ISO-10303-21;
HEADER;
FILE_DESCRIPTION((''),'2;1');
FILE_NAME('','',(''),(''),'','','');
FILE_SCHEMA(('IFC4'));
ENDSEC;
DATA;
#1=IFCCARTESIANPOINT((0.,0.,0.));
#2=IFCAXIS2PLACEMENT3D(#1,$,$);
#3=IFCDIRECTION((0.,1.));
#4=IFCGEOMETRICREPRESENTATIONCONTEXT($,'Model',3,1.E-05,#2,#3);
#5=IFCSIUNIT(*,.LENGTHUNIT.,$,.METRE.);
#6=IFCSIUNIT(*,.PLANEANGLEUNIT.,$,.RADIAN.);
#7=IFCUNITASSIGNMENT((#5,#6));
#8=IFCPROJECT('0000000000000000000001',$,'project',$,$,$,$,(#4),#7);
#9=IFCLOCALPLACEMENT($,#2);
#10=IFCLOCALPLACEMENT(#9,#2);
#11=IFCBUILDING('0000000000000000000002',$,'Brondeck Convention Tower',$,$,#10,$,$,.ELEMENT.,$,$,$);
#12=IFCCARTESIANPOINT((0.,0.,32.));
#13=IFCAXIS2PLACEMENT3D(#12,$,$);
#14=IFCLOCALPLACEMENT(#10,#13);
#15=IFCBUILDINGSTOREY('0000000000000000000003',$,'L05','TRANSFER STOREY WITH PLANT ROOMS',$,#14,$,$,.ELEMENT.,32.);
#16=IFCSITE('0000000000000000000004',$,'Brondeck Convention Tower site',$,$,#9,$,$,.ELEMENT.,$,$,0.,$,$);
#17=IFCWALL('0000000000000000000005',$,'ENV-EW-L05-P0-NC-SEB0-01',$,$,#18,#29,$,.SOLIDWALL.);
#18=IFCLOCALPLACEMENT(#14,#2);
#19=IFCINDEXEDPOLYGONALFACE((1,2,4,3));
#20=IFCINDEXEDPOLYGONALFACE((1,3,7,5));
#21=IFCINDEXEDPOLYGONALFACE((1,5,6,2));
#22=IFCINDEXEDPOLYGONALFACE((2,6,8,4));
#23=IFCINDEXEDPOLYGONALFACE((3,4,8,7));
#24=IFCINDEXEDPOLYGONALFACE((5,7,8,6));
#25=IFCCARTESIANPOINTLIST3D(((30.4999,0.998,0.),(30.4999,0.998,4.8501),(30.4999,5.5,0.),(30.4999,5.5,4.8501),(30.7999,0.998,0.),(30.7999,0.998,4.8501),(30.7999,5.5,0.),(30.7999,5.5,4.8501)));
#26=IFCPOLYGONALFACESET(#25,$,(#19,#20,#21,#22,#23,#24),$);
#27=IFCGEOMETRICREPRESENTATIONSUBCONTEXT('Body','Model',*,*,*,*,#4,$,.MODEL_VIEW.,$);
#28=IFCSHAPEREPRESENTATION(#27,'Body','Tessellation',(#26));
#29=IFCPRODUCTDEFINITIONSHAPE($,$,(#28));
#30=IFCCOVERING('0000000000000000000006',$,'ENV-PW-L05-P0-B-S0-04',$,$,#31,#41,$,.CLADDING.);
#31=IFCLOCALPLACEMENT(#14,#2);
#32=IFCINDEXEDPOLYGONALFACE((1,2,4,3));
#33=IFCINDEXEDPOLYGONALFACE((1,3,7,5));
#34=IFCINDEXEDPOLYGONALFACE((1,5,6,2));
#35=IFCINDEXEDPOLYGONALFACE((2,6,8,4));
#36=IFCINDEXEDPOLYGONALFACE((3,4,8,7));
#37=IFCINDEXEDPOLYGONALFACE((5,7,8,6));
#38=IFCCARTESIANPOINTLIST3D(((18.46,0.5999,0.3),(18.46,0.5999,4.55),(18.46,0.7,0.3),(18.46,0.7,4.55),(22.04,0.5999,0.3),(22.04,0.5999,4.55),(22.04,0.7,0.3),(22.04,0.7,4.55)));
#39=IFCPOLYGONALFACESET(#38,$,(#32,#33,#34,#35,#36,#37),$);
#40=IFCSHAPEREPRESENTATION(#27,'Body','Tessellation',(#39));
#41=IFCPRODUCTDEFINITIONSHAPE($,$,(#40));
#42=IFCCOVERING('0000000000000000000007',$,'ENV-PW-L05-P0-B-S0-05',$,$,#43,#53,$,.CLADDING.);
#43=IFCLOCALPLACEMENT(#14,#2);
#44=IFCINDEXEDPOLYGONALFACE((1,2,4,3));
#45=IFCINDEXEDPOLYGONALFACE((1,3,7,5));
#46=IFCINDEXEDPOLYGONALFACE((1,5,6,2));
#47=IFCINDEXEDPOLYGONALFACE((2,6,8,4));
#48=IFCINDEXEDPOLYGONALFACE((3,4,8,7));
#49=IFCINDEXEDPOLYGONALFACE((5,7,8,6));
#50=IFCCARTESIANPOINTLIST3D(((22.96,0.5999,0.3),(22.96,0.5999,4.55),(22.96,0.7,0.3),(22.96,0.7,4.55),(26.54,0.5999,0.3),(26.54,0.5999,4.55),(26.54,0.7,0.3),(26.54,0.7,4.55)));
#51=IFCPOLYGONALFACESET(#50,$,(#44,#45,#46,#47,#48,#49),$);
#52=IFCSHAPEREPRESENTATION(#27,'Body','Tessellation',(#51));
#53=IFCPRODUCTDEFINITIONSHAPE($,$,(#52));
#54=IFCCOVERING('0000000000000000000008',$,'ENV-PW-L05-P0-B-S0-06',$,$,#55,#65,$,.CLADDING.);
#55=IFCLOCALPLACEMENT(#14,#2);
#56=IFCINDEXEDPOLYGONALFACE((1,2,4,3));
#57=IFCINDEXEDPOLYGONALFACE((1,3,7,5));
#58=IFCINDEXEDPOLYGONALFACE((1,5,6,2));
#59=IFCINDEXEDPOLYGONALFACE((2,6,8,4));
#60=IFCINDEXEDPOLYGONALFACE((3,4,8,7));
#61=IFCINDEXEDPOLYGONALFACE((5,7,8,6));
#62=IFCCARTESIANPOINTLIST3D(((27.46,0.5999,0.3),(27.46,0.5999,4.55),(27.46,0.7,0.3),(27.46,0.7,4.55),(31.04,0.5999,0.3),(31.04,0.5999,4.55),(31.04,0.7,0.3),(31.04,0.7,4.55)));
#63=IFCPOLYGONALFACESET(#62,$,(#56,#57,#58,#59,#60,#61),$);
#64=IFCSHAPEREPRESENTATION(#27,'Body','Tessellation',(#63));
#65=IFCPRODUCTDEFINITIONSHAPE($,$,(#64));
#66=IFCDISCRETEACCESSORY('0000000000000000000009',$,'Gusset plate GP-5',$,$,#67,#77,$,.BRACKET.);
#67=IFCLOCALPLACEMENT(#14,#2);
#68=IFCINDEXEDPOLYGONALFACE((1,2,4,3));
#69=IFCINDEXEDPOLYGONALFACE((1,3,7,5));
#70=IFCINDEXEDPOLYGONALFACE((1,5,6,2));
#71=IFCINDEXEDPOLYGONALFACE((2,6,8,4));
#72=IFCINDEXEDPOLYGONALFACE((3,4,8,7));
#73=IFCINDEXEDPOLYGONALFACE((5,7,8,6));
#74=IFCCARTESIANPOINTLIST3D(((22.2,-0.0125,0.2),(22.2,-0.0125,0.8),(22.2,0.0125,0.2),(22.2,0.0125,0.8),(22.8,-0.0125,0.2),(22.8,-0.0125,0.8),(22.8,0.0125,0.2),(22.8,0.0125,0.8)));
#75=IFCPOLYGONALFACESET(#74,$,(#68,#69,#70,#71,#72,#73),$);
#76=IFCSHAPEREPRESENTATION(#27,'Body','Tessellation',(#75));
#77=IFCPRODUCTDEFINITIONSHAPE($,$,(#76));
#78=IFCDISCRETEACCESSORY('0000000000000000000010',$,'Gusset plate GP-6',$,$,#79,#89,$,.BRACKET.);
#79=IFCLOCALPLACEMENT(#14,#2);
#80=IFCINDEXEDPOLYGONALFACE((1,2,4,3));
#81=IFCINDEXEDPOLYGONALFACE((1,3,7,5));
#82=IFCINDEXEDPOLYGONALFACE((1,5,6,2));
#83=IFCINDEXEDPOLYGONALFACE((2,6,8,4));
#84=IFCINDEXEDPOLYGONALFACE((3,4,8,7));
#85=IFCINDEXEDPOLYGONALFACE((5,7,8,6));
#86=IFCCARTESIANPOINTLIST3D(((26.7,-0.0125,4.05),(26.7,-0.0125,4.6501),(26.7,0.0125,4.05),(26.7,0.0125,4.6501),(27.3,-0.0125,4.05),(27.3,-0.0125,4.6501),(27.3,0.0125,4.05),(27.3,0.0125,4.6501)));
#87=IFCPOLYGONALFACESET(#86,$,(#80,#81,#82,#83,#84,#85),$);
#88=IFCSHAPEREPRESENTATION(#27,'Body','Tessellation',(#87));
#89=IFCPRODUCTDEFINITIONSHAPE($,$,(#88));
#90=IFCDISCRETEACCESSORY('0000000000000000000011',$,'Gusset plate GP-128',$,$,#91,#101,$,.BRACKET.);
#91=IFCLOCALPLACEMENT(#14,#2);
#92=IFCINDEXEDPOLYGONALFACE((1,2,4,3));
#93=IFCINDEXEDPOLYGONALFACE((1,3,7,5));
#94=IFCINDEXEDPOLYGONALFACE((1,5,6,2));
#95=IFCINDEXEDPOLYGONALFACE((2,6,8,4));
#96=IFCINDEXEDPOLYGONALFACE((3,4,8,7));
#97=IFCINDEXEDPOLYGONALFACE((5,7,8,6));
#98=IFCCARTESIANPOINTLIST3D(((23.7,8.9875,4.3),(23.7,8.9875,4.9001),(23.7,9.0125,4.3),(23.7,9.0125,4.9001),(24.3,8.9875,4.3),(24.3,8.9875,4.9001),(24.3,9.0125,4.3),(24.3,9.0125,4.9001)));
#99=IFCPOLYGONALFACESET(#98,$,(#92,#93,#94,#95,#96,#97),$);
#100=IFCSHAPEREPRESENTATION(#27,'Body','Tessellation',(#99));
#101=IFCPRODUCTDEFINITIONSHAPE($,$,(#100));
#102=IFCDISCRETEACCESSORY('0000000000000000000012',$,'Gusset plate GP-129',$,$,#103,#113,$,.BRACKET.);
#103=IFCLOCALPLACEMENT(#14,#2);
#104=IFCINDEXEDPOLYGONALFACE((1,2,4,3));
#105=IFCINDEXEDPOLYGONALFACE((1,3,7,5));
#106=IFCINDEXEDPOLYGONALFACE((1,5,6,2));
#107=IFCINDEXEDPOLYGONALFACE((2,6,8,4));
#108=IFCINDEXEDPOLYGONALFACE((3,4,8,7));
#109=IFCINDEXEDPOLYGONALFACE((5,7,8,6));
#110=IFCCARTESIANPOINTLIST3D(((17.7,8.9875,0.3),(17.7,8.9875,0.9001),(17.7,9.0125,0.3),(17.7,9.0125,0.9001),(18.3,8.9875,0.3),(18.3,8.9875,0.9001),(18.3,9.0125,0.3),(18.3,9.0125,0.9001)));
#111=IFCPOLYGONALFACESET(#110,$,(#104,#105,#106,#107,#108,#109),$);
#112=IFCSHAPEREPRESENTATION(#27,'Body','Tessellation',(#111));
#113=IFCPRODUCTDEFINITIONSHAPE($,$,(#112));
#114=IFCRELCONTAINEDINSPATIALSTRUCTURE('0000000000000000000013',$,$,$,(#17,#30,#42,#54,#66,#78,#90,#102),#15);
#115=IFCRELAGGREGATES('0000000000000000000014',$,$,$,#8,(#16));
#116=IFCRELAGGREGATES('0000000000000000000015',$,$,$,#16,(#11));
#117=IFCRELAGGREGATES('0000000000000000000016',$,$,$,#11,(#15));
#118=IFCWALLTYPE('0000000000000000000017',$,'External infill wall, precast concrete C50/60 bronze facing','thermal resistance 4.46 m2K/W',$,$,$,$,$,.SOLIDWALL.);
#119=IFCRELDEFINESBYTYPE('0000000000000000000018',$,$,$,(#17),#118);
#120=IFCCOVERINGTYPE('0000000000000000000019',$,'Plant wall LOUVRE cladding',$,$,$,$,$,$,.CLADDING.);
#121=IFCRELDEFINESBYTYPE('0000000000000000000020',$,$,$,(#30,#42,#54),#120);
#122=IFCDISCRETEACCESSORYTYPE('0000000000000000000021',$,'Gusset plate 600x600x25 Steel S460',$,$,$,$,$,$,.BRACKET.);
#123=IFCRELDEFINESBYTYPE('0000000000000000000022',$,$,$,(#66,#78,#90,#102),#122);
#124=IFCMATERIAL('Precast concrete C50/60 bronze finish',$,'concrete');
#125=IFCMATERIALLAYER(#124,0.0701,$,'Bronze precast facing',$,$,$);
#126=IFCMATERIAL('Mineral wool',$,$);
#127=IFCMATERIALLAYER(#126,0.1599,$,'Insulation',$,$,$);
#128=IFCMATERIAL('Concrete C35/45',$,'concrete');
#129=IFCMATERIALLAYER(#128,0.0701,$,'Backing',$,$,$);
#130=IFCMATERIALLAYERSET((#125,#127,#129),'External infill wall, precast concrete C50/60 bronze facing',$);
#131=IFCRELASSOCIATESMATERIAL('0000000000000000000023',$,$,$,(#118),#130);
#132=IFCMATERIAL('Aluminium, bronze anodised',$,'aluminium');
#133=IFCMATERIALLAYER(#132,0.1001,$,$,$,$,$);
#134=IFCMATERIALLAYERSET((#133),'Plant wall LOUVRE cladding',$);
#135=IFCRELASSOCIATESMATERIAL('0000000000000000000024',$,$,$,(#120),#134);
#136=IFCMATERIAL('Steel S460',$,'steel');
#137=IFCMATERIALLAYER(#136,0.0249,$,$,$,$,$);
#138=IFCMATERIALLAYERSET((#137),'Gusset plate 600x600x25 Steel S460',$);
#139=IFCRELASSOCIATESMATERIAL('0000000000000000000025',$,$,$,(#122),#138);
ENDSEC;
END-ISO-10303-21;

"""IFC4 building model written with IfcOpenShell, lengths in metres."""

from ifc_helpers import new_model, si_unit, direction, frame, frame_2d, origin, origin_2d, place, context, subcontext, project, spatial, rectangle, extrude, material, layer, layer_set, type_object, element, save


model = new_model("IFC4")

# Units and contexts
model_context = context("Model", 3, precision=1e-05, world=origin(), true_north=direction((0.0, 1.0)))
body_context = subcontext(model_context, "Body", "Model", "MODEL_VIEW")
ifc_project = project(units=[si_unit("LENGTHUNIT", "METRE"), si_unit("PLANEANGLEUNIT", "RADIAN")], contexts=[model_context])

# Site, building, storey
site_placement = place(None, origin())
site = spatial("IfcSite", under=ifc_project, at=site_placement, Name="Brondeck Convention Tower site", CompositionType="ELEMENT", RefElevation=0.0)
building_placement = place(site_placement, origin())
building = spatial("IfcBuilding", under=site, at=building_placement, Name="Brondeck Convention Tower", CompositionType="ELEMENT")
storey_placement = place(building_placement, frame((0.0, 0.0, 32.0)))
storey = spatial("IfcBuildingStorey", under=building, at=storey_placement, Name="L05", Description="TRANSFER STOREY WITH PLANT ROOMS", CompositionType="ELEMENT", Elevation=32.0)

# Shared definitions
ifc_material_1 = material(Name="Steel S460", Category="steel")

# Wall
ifc_material_2 = material(Name="Precast concrete C50/60 bronze finish", Category="concrete")
ifc_layer_1 = layer(ifc_material_2, 0.0701, Name="Bronze precast facing")
ifc_material_3 = material(Name="Mineral wool")
ifc_layer_2 = layer(ifc_material_3, 0.1599, Name="Insulation")
ifc_material_4 = material(Name="Concrete C35/45", Category="concrete")
ifc_layer_3 = layer(ifc_material_4, 0.0701, Name="Backing")
ifc_layer_set_1 = layer_set([ifc_layer_1, ifc_layer_2, ifc_layer_3], Name="External infill wall, precast concrete C50/60 bronze facing")
wall_type = type_object("IfcWallType", Name="External infill wall, precast concrete C50/60 bronze facing", Description="thermal resistance 4.46 m2K/W", PredefinedType="SOLIDWALL", material=ifc_layer_set_1)
wall_1_placement = place(storey_placement, frame((30.6499, 5.5, 0.0), z_axis=(0.0, 0.0, 1.0), x_axis=(0.0, -1.0, 0.0)))
element("IfcWall", 1, at=wall_1_placement, inside=storey, type_object=wall_type, Name="ENV-EW-L05-P0-NC-SEB0-01", PredefinedType="SOLIDWALL", context=body_context, shape_type="SweptSolid", body=[
    extrude(rectangle(XDim=4.502, YDim=0.3, at=frame_2d((2.251, 0.0))), origin(), (0.0, 0.0, 1.0), 4.8501),
])

# Coverings
ifc_material_5 = material(Name="Aluminium, bronze anodised", Category="aluminium")
ifc_layer_4 = layer(ifc_material_5, 0.1001)
ifc_layer_set_2 = layer_set([ifc_layer_4], Name="Plant wall LOUVRE cladding")
covering_type = type_object("IfcCoveringType", Name="Plant wall LOUVRE cladding", PredefinedType="CLADDING", material=ifc_layer_set_2)
for number, where, z_axis, x_axis, name in (
    (2, (20.25, 0.6499, 0.3), (0.0, 0.0, 1.0), (1.0, 0.0, 0.0), "ENV-PW-L05-P0-B-S0-04"),
    (3, (24.75, 0.6499, 0.3), (0.0, 0.0, 1.0), (1.0, 0.0, 0.0), "ENV-PW-L05-P0-B-S0-05"),
    (4, (29.25, 0.6499, 0.3), (0.0, 0.0, 1.0), (1.0, 0.0, 0.0), "ENV-PW-L05-P0-B-S0-06"),
):
    element("IfcCovering", number, at=place(storey_placement, frame(where, z_axis=z_axis, x_axis=x_axis)), inside=storey, type_object=covering_type, Name=name, PredefinedType="CLADDING", context=body_context, shape_type="SweptSolid", body=[
        extrude(rectangle(XDim=3.5801, YDim=0.1001, at=origin_2d()), origin(), (0.0, 0.0, 1.0), 4.25),
    ])

# Discrete accessories
ifc_layer_5 = layer(ifc_material_1, 0.0249)
ifc_layer_set_3 = layer_set([ifc_layer_5], Name="Gusset plate 600x600x25 Steel S460")
discrete_accessory_type = type_object("IfcDiscreteAccessoryType", Name="Gusset plate 600x600x25 Steel S460", PredefinedType="BRACKET", material=ifc_layer_set_3)
for number, where, z_axis, x_axis, name in (
    (5, (22.5, 0.0, 0.2), (0.0, 0.0, 1.0), (1.0, 0.0, 0.0), "Gusset plate GP-5"),
    (6, (27.0, 0.0, 4.05), (0.0, 0.0, 1.0), (1.0, 0.0, 0.0), "Gusset plate GP-6"),
    (7, (24.0, 9.0, 4.3), (0.0, 0.0, 1.0), (1.0, 0.0, 0.0), "Gusset plate GP-128"),
    (8, (18.0, 9.0, 0.3), (0.0, 0.0, 1.0), (1.0, 0.0, 0.0), "Gusset plate GP-129"),
):
    element("IfcDiscreteAccessory", number, at=place(storey_placement, frame(where, z_axis=z_axis, x_axis=x_axis)), inside=storey, type_object=discrete_accessory_type, Name=name, PredefinedType="BRACKET", context=body_context, shape_type="SweptSolid", body=[
        extrude(rectangle(XDim=0.6001, YDim=0.0249, at=origin_2d()), origin(), (0.0, 0.0, 1.0), 0.6001),
    ])

save(model, "model.ifc")
